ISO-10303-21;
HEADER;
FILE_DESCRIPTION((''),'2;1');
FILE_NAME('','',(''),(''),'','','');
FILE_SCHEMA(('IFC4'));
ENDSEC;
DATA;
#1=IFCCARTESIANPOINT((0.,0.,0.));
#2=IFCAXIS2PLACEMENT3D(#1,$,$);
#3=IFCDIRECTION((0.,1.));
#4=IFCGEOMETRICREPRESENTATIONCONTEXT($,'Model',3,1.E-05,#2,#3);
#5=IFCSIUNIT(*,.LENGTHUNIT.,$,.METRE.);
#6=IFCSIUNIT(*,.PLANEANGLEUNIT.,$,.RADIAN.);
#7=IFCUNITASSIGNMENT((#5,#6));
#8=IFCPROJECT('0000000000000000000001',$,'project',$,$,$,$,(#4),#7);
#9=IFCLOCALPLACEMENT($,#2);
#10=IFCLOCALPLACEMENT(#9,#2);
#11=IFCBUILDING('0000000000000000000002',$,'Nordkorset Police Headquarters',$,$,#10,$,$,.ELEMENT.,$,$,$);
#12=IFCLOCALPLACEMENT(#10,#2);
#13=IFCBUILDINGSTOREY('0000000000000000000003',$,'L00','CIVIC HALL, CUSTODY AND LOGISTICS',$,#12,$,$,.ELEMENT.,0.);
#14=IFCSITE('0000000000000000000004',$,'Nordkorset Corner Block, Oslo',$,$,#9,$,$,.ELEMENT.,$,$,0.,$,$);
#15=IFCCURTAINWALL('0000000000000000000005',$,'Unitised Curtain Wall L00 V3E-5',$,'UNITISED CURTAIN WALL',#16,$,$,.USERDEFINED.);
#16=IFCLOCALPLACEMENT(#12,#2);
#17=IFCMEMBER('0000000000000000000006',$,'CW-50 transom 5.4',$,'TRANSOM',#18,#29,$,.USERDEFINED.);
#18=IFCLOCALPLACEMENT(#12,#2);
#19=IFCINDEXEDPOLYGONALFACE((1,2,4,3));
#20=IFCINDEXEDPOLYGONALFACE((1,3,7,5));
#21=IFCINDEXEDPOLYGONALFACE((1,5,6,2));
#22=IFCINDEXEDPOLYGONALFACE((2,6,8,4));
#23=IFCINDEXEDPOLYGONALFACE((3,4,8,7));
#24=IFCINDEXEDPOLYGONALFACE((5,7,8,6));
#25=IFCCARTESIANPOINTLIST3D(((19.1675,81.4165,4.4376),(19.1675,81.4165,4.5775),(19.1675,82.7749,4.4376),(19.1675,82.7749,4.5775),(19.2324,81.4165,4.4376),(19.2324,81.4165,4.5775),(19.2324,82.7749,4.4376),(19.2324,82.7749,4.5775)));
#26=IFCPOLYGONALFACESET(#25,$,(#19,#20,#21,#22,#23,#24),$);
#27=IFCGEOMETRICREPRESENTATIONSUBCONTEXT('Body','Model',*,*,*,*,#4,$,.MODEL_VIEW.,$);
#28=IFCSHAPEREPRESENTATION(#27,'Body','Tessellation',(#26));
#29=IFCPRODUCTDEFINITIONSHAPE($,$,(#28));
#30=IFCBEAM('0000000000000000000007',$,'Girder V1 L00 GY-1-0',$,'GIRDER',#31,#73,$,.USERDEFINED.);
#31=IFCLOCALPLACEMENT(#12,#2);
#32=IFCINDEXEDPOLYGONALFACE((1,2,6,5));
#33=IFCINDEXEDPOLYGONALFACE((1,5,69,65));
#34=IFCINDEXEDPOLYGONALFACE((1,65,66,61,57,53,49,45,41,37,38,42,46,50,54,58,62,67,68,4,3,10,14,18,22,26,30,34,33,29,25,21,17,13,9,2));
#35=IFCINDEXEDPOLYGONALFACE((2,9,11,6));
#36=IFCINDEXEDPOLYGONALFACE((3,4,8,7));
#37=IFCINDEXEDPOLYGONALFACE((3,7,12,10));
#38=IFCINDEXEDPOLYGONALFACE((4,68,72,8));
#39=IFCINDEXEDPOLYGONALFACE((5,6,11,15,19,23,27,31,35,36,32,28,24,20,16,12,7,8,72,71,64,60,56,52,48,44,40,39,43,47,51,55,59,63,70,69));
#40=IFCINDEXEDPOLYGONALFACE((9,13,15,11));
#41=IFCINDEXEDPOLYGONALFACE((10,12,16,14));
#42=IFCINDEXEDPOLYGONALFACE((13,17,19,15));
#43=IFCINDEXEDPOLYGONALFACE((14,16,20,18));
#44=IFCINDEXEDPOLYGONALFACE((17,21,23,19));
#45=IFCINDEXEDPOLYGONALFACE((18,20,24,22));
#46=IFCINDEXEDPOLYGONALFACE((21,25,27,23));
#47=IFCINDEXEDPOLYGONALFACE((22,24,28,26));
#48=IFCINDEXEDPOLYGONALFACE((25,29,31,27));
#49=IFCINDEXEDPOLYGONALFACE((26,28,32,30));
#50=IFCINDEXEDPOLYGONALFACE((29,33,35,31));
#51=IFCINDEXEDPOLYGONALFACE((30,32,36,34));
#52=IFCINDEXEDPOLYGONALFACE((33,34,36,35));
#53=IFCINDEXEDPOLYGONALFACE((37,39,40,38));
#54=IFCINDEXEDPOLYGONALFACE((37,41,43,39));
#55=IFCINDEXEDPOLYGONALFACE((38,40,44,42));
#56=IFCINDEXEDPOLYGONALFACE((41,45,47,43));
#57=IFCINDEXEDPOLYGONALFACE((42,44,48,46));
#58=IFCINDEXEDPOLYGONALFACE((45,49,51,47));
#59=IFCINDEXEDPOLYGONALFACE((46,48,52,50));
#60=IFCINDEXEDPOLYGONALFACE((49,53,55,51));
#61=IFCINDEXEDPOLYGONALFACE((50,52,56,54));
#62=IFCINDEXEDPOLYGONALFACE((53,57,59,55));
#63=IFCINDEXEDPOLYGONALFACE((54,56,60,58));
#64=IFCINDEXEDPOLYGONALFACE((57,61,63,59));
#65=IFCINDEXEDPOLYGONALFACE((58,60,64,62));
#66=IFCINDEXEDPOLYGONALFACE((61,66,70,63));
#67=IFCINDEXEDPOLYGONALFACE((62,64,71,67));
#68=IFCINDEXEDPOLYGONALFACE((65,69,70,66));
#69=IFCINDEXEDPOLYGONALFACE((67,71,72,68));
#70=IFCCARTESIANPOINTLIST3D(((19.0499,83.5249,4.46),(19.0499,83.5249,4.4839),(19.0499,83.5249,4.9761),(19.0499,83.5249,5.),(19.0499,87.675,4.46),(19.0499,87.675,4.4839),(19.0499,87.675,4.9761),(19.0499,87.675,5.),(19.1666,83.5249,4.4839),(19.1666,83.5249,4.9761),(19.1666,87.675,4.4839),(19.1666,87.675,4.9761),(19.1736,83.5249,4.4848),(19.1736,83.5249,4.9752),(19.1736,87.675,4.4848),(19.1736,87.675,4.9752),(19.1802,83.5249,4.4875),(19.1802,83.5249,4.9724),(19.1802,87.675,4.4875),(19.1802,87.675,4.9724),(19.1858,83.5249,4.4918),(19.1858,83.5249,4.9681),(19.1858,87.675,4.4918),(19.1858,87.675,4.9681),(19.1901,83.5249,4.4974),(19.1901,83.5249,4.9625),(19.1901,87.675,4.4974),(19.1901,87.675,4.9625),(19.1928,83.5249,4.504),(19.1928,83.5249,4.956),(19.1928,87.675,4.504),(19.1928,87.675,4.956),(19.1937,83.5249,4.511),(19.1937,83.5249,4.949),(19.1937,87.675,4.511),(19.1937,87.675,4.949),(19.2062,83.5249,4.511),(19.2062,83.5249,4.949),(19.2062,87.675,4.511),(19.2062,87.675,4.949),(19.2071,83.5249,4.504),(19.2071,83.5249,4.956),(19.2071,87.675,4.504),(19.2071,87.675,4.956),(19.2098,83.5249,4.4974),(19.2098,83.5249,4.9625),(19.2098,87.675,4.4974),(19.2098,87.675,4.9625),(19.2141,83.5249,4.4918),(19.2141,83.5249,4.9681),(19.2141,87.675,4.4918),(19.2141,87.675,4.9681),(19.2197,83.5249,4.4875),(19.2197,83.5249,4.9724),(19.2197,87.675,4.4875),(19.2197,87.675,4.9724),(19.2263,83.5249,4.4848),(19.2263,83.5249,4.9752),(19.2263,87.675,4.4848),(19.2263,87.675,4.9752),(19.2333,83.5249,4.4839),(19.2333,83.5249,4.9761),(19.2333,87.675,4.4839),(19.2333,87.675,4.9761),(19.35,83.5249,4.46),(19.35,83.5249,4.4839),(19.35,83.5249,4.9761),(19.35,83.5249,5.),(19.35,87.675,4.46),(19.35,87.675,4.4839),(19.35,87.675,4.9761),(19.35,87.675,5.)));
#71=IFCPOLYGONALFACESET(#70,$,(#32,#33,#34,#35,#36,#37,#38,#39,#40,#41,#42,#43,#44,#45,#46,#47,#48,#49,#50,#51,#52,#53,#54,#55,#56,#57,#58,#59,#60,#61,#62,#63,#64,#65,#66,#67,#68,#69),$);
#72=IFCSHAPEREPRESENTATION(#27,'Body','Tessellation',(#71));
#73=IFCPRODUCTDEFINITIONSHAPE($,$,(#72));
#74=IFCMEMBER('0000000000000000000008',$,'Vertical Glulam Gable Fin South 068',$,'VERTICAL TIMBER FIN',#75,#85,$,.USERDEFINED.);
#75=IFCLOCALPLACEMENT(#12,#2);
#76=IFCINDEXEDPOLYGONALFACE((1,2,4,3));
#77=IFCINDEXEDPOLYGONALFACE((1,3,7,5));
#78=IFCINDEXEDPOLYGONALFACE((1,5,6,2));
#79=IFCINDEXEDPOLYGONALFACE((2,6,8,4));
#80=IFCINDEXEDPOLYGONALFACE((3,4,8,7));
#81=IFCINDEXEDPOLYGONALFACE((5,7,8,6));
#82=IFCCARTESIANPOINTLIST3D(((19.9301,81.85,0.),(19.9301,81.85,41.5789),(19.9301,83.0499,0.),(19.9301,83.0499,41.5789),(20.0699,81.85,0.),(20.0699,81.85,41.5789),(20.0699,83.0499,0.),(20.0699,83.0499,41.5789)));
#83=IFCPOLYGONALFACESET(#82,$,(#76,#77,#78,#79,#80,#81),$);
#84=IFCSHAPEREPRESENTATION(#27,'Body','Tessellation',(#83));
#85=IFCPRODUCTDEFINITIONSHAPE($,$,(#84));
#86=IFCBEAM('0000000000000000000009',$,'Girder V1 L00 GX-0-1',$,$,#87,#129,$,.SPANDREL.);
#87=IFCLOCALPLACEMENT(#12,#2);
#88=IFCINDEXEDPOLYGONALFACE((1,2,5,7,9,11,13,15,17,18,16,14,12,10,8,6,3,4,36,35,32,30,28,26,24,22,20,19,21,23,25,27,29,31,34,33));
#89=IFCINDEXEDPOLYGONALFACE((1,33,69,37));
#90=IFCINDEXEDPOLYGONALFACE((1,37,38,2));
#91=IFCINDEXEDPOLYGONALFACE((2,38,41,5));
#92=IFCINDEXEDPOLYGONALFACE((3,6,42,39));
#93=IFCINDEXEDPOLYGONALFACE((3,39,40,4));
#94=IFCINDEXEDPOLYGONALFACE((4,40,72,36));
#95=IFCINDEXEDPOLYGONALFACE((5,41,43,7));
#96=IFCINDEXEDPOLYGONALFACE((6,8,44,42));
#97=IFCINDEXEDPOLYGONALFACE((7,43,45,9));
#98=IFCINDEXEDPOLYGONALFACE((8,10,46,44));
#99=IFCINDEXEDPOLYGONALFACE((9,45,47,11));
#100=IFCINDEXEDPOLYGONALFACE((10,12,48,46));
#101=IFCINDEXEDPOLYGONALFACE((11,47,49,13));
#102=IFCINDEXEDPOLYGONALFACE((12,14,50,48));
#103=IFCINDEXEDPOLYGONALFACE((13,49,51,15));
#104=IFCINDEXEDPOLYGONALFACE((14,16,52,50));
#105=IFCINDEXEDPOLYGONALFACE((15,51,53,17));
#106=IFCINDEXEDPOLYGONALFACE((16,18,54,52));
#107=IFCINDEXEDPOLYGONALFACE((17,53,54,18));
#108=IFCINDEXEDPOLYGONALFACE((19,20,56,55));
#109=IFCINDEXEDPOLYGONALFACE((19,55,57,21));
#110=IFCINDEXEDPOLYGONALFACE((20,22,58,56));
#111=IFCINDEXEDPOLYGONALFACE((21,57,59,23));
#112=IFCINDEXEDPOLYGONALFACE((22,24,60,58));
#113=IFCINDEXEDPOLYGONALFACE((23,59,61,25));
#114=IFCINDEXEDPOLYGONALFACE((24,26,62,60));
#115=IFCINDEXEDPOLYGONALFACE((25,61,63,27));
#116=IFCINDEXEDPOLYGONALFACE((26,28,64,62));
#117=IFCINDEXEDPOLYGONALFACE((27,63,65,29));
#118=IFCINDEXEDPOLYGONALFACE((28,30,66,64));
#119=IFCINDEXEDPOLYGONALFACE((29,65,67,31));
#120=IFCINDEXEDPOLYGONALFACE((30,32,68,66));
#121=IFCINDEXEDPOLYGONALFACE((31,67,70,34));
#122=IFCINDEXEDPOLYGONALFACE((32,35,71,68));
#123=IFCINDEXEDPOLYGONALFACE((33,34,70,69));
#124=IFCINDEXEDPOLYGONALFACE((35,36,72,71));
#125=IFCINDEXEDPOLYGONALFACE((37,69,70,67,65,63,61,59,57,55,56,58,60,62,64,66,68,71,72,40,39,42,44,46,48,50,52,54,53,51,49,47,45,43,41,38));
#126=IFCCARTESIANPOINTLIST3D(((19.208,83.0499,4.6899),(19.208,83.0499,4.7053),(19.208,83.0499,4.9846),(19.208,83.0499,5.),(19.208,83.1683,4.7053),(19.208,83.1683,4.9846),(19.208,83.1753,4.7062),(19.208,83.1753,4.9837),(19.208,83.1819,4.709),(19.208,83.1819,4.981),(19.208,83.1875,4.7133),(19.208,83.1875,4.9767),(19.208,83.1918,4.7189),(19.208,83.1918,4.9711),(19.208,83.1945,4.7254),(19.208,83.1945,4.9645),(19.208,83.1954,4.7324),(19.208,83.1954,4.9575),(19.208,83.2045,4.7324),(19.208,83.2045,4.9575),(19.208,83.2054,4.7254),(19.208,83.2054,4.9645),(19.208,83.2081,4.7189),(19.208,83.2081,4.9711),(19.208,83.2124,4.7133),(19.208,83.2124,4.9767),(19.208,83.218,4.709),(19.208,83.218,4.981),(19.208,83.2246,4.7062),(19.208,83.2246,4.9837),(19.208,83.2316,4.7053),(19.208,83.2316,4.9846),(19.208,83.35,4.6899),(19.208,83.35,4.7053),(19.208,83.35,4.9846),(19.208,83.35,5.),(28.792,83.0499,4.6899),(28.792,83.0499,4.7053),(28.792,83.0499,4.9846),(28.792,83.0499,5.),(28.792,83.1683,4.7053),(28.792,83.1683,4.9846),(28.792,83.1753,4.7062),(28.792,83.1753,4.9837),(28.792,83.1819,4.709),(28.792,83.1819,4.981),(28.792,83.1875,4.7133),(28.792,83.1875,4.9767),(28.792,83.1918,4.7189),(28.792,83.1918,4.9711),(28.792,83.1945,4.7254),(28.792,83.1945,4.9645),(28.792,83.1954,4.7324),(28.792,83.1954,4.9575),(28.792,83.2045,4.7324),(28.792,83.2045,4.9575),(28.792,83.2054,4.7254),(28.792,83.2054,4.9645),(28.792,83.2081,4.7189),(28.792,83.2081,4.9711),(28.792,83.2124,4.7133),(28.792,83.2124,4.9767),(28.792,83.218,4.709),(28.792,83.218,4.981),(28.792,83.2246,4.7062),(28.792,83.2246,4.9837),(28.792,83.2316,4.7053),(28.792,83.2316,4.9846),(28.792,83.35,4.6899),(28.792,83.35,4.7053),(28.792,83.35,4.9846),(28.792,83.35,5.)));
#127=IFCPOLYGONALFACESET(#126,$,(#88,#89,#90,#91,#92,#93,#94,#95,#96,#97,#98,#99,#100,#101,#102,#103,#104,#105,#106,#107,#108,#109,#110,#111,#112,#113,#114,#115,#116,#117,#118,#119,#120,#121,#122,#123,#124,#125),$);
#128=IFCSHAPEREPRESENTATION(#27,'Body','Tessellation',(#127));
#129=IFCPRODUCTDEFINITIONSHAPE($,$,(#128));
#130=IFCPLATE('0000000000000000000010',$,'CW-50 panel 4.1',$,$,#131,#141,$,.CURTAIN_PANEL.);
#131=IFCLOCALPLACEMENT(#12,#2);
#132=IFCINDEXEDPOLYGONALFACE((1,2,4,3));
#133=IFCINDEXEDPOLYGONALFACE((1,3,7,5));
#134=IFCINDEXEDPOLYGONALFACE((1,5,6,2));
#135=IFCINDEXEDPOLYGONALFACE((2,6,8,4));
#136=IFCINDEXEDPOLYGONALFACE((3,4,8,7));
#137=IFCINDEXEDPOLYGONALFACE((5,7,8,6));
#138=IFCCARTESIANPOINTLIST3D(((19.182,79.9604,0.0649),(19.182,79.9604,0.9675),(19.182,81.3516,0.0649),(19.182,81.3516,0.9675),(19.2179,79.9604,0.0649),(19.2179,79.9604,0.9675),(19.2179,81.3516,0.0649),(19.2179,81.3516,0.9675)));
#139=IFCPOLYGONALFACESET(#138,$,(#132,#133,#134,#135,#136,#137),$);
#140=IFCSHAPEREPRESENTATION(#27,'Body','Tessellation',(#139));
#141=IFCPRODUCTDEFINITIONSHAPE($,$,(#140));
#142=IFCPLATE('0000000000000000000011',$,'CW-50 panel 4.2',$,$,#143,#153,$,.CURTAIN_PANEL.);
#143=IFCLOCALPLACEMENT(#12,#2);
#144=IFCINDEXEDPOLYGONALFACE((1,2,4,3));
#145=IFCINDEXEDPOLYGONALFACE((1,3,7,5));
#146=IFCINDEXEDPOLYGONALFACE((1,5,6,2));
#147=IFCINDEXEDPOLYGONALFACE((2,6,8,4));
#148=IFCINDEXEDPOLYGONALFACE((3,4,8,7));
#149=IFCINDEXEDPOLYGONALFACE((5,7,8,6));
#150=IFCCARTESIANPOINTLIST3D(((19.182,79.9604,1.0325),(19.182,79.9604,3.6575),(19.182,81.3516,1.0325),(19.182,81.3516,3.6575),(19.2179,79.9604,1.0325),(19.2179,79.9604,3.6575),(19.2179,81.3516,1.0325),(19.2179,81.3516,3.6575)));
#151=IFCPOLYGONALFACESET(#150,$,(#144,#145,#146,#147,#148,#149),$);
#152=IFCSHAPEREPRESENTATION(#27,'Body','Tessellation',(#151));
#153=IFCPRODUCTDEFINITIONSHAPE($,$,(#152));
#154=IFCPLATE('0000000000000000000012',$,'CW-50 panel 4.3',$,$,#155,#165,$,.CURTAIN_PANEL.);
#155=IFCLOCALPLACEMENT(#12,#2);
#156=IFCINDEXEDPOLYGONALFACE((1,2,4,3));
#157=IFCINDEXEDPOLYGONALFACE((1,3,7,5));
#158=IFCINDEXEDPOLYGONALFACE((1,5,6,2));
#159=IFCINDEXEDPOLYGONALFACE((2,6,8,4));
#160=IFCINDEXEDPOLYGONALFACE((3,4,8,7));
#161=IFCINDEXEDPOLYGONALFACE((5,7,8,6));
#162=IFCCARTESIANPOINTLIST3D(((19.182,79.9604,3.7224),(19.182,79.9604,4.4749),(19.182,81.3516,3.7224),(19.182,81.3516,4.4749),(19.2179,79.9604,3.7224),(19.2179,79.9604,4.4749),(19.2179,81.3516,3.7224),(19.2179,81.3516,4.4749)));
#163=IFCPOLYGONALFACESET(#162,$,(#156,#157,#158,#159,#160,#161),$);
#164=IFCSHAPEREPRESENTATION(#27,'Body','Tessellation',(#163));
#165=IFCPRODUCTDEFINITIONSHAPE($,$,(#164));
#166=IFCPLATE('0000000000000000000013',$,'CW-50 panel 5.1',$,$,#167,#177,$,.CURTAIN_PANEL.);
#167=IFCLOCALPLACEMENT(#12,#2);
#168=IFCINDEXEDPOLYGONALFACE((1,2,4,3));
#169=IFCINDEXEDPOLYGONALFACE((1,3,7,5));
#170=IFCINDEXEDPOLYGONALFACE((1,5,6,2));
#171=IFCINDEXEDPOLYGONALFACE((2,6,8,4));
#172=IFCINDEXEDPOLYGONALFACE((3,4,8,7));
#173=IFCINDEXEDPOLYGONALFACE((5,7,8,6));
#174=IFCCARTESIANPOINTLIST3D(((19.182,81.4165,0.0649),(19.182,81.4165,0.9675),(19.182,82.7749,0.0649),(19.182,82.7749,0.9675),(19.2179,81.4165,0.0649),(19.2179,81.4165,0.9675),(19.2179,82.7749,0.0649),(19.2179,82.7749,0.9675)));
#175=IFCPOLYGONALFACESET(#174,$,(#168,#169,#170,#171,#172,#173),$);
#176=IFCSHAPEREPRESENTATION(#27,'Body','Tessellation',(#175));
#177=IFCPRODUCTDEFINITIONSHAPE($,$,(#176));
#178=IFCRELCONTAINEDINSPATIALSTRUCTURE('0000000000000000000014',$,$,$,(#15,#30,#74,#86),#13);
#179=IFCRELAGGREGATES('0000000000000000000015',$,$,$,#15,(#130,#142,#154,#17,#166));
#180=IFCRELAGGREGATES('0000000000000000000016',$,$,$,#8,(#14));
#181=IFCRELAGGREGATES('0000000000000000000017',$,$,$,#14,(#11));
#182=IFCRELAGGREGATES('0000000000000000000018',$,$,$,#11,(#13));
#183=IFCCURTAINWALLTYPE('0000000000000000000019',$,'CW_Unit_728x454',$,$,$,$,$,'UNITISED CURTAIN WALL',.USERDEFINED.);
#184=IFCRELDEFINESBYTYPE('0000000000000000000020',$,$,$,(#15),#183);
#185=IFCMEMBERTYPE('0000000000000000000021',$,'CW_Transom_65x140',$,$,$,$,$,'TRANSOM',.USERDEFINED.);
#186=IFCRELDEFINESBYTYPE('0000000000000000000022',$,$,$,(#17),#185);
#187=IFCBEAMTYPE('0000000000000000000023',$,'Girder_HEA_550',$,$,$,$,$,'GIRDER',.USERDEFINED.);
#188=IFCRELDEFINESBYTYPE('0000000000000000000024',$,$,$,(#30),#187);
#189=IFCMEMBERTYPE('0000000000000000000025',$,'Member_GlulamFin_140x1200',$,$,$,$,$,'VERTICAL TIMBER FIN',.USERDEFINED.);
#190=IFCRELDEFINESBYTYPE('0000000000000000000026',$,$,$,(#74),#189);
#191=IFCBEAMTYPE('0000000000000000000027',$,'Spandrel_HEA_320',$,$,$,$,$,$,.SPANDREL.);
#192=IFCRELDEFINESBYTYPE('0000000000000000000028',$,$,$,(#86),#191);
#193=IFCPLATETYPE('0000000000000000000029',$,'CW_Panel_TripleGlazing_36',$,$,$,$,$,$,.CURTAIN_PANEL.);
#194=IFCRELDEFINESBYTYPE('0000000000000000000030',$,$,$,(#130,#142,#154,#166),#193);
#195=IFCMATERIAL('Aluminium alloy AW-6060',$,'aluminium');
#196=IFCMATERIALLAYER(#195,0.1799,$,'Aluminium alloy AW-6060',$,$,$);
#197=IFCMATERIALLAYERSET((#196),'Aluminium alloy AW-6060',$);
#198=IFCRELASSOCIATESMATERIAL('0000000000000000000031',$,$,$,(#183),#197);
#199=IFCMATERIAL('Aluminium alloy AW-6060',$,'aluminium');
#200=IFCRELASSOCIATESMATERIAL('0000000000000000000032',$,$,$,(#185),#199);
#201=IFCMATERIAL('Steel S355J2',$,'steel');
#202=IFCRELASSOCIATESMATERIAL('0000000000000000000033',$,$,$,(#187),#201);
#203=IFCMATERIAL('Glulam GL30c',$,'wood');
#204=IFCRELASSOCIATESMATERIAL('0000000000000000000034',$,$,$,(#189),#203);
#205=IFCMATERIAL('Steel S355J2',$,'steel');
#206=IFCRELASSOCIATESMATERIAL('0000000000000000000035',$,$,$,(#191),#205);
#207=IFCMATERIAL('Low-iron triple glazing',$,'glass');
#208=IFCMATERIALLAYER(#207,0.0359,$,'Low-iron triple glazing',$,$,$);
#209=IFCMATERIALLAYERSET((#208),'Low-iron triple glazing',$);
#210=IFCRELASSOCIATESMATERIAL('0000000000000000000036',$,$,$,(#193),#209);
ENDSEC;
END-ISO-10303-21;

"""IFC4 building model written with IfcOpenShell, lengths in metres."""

from ifc_helpers import new_model, si_unit, direction, frame, origin, origin_2d, place, context, subcontext, project, spatial, rectangle, i_section, extrude, material, layer, layer_set, material_profile, profile_set, type_object, element, aggregate, save


model = new_model("IFC4")

# Units and contexts
model_context = context("Model", 3, precision=1e-05, world=origin(), true_north=direction((0.0, 1.0)))
body_context = subcontext(model_context, "Body", "Model", "MODEL_VIEW")
ifc_project = project(units=[si_unit("LENGTHUNIT", "METRE"), si_unit("PLANEANGLEUNIT", "RADIAN")], contexts=[model_context])

# Site, building, storey
site_placement = place(None, origin())
site = spatial("IfcSite", under=ifc_project, at=site_placement, Name="Nordkorset Corner Block, Oslo", CompositionType="ELEMENT", RefElevation=0.0)
building_placement = place(site_placement, origin())
building = spatial("IfcBuilding", under=site, at=building_placement, Name="Nordkorset Police Headquarters", CompositionType="ELEMENT")
storey_placement = place(building_placement, origin())
storey = spatial("IfcBuildingStorey", under=building, at=storey_placement, Name="L00", Description="CIVIC HALL, CUSTODY AND LOGISTICS", CompositionType="ELEMENT", Elevation=0.0)

# Curtain wall
ifc_material_1 = material(Name="Aluminium alloy AW-6060", Category="aluminium")
ifc_layer_1 = layer(ifc_material_1, 0.1799, Name="Aluminium alloy AW-6060")
ifc_layer_set_1 = layer_set([ifc_layer_1], Name="Aluminium alloy AW-6060")
curtain_wall_type_1 = type_object("IfcCurtainWallType", Name="CW_Unit_728x454", ElementType="UNITISED CURTAIN WALL", PredefinedType="USERDEFINED", material=ifc_layer_set_1)
curtain_wall_1_placement = place(storey_placement, origin())
curtain_wall_1 = element("IfcCurtainWall", 1, at=curtain_wall_1_placement, inside=storey, type_object=curtain_wall_type_1, Name="Unitised Curtain Wall L00 V3E-5", ObjectType="UNITISED CURTAIN WALL", PredefinedType="USERDEFINED")

# Member
ifc_material_2 = material(Name="Aluminium alloy AW-6060", Category="aluminium")
ifc_material_profile_1 = material_profile(ifc_material_2, rectangle(XDim=0.0649, YDim=0.1399, at=origin_2d()), Name="ALU TRAN 65x140")
ifc_profile_set_1 = profile_set([ifc_material_profile_1], Name="Aluminium alloy AW-6060")
member_type_1 = type_object("IfcMemberType", Name="CW_Transom_65x140", ElementType="TRANSOM", PredefinedType="USERDEFINED", material=ifc_profile_set_1)
member_1_placement = place(storey_placement, frame((19.2, 81.4165, 4.5076), z_axis=(0.0, 1.0, 0.0), x_axis=(-1.0, 0.0, 0.0)))
member_1 = element("IfcMember", 2, at=member_1_placement, type_object=member_type_1, Name="CW-50 transom 5.4", ObjectType="TRANSOM", PredefinedType="USERDEFINED", context=body_context, shape_type="SweptSolid", body=[
    extrude(rectangle(XDim=0.0649, YDim=0.1399, at=origin_2d()), origin(), (0.0, 0.0, 1.0), 1.3584),
])

# Beam
ifc_material_3 = material(Name="Steel S355J2", Category="steel")
ifc_material_profile_2 = material_profile(ifc_material_3, i_section(OverallWidth=0.3, OverallDepth=0.54, WebThickness=0.0125, FlangeThickness=0.0239, FilletRadius=0.0271, at=origin_2d()), Name="HEA 550")
ifc_profile_set_2 = profile_set([ifc_material_profile_2], Name="Steel S355J2")
beam_type_1 = type_object("IfcBeamType", Name="Girder_HEA_550", ElementType="GIRDER", PredefinedType="USERDEFINED", material=ifc_profile_set_2)
beam_1_placement = place(storey_placement, frame((19.2, 83.5249, 4.73), z_axis=(0.0, 1.0, 0.0), x_axis=(-1.0, 0.0, 0.0)))
element("IfcBeam", 3, at=beam_1_placement, inside=storey, type_object=beam_type_1, Name="Girder V1 L00 GY-1-0", ObjectType="GIRDER", PredefinedType="USERDEFINED", context=body_context, shape_type="SweptSolid", body=[
    extrude(i_section(OverallWidth=0.3, OverallDepth=0.54, WebThickness=0.0125, FlangeThickness=0.0239, FilletRadius=0.0271, at=origin_2d()), origin(), (0.0, 0.0, 1.0), 4.1501),
])

# Member
ifc_material_4 = material(Name="Glulam GL30c", Category="wood")
ifc_material_profile_3 = material_profile(ifc_material_4, rectangle(XDim=0.1399, YDim=1.2, at=origin_2d()), Name="GL30C FIN 140x1200")
ifc_profile_set_3 = profile_set([ifc_material_profile_3], Name="Glulam GL30c")
member_type_2 = type_object("IfcMemberType", Name="Member_GlulamFin_140x1200", ElementType="VERTICAL TIMBER FIN", PredefinedType="USERDEFINED", material=ifc_profile_set_3)
member_2_placement = place(storey_placement, frame((20.0, 82.45, 0.0), z_axis=(0.0, 0.0, 1.0), x_axis=(1.0, 0.0, 0.0)))
element("IfcMember", 4, at=member_2_placement, inside=storey, type_object=member_type_2, Name="Vertical Glulam Gable Fin South 068", ObjectType="VERTICAL TIMBER FIN", PredefinedType="USERDEFINED", context=body_context, shape_type="SweptSolid", body=[
    extrude(rectangle(XDim=0.1399, YDim=1.2, at=origin_2d()), origin(), (0.0, 0.0, 1.0), 41.5789),
])

# Beam
ifc_material_5 = material(Name="Steel S355J2", Category="steel")
ifc_material_profile_4 = material_profile(ifc_material_5, i_section(OverallWidth=0.3, OverallDepth=0.3101, WebThickness=0.009, FlangeThickness=0.0154, FilletRadius=0.0271, at=origin_2d()), Name="HEA 320")
ifc_profile_set_4 = profile_set([ifc_material_profile_4], Name="Steel S355J2")
beam_type_2 = type_object("IfcBeamType", Name="Spandrel_HEA_320", PredefinedType="SPANDREL", material=ifc_profile_set_4)
beam_2_placement = place(storey_placement, frame((19.208, 83.2, 4.845), z_axis=(1.0, 0.0, 0.0), x_axis=(0.0, 1.0, 0.0)))
element("IfcBeam", 5, at=beam_2_placement, inside=storey, type_object=beam_type_2, Name="Girder V1 L00 GX-0-1", PredefinedType="SPANDREL", context=body_context, shape_type="SweptSolid", body=[
    extrude(i_section(OverallWidth=0.3, OverallDepth=0.3101, WebThickness=0.009, FlangeThickness=0.0154, FilletRadius=0.0271, at=origin_2d()), origin(), (0.0, 0.0, 1.0), 9.584),
])

# Plates
ifc_material_6 = material(Name="Low-iron triple glazing", Category="glass")
ifc_layer_2 = layer(ifc_material_6, 0.0359, Name="Low-iron triple glazing")
ifc_layer_set_2 = layer_set([ifc_layer_2], Name="Low-iron triple glazing")
plate_type = type_object("IfcPlateType", Name="CW_Panel_TripleGlazing_36", PredefinedType="CURTAIN_PANEL", material=ifc_layer_set_2)
plate_1_placement = place(storey_placement, frame((19.2, 80.656, 0.0649), z_axis=(0.0, 0.0, 1.0), x_axis=(0.0, 1.0, 0.0)))
plate_1 = element("IfcPlate", 6, at=plate_1_placement, type_object=plate_type, Name="CW-50 panel 4.1", PredefinedType="CURTAIN_PANEL", context=body_context, shape_type="SweptSolid", body=[
    extrude(rectangle(XDim=1.3911, YDim=0.0359, at=origin_2d()), origin(), (0.0, 0.0, 1.0), 0.9026),
])
plate_2_placement = place(storey_placement, frame((19.2, 80.656, 1.0325), z_axis=(0.0, 0.0, 1.0), x_axis=(0.0, 1.0, 0.0)))
plate_2 = element("IfcPlate", 7, at=plate_2_placement, type_object=plate_type, Name="CW-50 panel 4.2", PredefinedType="CURTAIN_PANEL", context=body_context, shape_type="SweptSolid", body=[
    extrude(rectangle(XDim=1.3911, YDim=0.0359, at=origin_2d()), origin(), (0.0, 0.0, 1.0), 2.625),
])
plate_3_placement = place(storey_placement, frame((19.2, 80.656, 3.7224), z_axis=(0.0, 0.0, 1.0), x_axis=(0.0, 1.0, 0.0)))
plate_3 = element("IfcPlate", 8, at=plate_3_placement, type_object=plate_type, Name="CW-50 panel 4.3", PredefinedType="CURTAIN_PANEL", context=body_context, shape_type="SweptSolid", body=[
    extrude(rectangle(XDim=1.3911, YDim=0.0359, at=origin_2d()), origin(), (0.0, 0.0, 1.0), 0.7524),
])
plate_4_placement = place(storey_placement, frame((19.2, 82.0957, 0.0649), z_axis=(0.0, 0.0, 1.0), x_axis=(0.0, 1.0, 0.0)))
plate_4 = element("IfcPlate", 9, at=plate_4_placement, type_object=plate_type, Name="CW-50 panel 5.1", PredefinedType="CURTAIN_PANEL", context=body_context, shape_type="SweptSolid", body=[
    extrude(rectangle(XDim=1.3584, YDim=0.0359, at=origin_2d()), origin(), (0.0, 0.0, 1.0), 0.9026),
])
aggregate(curtain_wall_1, [plate_1, plate_2, plate_3, member_1, plate_4])

save(model, "model.ifc")
